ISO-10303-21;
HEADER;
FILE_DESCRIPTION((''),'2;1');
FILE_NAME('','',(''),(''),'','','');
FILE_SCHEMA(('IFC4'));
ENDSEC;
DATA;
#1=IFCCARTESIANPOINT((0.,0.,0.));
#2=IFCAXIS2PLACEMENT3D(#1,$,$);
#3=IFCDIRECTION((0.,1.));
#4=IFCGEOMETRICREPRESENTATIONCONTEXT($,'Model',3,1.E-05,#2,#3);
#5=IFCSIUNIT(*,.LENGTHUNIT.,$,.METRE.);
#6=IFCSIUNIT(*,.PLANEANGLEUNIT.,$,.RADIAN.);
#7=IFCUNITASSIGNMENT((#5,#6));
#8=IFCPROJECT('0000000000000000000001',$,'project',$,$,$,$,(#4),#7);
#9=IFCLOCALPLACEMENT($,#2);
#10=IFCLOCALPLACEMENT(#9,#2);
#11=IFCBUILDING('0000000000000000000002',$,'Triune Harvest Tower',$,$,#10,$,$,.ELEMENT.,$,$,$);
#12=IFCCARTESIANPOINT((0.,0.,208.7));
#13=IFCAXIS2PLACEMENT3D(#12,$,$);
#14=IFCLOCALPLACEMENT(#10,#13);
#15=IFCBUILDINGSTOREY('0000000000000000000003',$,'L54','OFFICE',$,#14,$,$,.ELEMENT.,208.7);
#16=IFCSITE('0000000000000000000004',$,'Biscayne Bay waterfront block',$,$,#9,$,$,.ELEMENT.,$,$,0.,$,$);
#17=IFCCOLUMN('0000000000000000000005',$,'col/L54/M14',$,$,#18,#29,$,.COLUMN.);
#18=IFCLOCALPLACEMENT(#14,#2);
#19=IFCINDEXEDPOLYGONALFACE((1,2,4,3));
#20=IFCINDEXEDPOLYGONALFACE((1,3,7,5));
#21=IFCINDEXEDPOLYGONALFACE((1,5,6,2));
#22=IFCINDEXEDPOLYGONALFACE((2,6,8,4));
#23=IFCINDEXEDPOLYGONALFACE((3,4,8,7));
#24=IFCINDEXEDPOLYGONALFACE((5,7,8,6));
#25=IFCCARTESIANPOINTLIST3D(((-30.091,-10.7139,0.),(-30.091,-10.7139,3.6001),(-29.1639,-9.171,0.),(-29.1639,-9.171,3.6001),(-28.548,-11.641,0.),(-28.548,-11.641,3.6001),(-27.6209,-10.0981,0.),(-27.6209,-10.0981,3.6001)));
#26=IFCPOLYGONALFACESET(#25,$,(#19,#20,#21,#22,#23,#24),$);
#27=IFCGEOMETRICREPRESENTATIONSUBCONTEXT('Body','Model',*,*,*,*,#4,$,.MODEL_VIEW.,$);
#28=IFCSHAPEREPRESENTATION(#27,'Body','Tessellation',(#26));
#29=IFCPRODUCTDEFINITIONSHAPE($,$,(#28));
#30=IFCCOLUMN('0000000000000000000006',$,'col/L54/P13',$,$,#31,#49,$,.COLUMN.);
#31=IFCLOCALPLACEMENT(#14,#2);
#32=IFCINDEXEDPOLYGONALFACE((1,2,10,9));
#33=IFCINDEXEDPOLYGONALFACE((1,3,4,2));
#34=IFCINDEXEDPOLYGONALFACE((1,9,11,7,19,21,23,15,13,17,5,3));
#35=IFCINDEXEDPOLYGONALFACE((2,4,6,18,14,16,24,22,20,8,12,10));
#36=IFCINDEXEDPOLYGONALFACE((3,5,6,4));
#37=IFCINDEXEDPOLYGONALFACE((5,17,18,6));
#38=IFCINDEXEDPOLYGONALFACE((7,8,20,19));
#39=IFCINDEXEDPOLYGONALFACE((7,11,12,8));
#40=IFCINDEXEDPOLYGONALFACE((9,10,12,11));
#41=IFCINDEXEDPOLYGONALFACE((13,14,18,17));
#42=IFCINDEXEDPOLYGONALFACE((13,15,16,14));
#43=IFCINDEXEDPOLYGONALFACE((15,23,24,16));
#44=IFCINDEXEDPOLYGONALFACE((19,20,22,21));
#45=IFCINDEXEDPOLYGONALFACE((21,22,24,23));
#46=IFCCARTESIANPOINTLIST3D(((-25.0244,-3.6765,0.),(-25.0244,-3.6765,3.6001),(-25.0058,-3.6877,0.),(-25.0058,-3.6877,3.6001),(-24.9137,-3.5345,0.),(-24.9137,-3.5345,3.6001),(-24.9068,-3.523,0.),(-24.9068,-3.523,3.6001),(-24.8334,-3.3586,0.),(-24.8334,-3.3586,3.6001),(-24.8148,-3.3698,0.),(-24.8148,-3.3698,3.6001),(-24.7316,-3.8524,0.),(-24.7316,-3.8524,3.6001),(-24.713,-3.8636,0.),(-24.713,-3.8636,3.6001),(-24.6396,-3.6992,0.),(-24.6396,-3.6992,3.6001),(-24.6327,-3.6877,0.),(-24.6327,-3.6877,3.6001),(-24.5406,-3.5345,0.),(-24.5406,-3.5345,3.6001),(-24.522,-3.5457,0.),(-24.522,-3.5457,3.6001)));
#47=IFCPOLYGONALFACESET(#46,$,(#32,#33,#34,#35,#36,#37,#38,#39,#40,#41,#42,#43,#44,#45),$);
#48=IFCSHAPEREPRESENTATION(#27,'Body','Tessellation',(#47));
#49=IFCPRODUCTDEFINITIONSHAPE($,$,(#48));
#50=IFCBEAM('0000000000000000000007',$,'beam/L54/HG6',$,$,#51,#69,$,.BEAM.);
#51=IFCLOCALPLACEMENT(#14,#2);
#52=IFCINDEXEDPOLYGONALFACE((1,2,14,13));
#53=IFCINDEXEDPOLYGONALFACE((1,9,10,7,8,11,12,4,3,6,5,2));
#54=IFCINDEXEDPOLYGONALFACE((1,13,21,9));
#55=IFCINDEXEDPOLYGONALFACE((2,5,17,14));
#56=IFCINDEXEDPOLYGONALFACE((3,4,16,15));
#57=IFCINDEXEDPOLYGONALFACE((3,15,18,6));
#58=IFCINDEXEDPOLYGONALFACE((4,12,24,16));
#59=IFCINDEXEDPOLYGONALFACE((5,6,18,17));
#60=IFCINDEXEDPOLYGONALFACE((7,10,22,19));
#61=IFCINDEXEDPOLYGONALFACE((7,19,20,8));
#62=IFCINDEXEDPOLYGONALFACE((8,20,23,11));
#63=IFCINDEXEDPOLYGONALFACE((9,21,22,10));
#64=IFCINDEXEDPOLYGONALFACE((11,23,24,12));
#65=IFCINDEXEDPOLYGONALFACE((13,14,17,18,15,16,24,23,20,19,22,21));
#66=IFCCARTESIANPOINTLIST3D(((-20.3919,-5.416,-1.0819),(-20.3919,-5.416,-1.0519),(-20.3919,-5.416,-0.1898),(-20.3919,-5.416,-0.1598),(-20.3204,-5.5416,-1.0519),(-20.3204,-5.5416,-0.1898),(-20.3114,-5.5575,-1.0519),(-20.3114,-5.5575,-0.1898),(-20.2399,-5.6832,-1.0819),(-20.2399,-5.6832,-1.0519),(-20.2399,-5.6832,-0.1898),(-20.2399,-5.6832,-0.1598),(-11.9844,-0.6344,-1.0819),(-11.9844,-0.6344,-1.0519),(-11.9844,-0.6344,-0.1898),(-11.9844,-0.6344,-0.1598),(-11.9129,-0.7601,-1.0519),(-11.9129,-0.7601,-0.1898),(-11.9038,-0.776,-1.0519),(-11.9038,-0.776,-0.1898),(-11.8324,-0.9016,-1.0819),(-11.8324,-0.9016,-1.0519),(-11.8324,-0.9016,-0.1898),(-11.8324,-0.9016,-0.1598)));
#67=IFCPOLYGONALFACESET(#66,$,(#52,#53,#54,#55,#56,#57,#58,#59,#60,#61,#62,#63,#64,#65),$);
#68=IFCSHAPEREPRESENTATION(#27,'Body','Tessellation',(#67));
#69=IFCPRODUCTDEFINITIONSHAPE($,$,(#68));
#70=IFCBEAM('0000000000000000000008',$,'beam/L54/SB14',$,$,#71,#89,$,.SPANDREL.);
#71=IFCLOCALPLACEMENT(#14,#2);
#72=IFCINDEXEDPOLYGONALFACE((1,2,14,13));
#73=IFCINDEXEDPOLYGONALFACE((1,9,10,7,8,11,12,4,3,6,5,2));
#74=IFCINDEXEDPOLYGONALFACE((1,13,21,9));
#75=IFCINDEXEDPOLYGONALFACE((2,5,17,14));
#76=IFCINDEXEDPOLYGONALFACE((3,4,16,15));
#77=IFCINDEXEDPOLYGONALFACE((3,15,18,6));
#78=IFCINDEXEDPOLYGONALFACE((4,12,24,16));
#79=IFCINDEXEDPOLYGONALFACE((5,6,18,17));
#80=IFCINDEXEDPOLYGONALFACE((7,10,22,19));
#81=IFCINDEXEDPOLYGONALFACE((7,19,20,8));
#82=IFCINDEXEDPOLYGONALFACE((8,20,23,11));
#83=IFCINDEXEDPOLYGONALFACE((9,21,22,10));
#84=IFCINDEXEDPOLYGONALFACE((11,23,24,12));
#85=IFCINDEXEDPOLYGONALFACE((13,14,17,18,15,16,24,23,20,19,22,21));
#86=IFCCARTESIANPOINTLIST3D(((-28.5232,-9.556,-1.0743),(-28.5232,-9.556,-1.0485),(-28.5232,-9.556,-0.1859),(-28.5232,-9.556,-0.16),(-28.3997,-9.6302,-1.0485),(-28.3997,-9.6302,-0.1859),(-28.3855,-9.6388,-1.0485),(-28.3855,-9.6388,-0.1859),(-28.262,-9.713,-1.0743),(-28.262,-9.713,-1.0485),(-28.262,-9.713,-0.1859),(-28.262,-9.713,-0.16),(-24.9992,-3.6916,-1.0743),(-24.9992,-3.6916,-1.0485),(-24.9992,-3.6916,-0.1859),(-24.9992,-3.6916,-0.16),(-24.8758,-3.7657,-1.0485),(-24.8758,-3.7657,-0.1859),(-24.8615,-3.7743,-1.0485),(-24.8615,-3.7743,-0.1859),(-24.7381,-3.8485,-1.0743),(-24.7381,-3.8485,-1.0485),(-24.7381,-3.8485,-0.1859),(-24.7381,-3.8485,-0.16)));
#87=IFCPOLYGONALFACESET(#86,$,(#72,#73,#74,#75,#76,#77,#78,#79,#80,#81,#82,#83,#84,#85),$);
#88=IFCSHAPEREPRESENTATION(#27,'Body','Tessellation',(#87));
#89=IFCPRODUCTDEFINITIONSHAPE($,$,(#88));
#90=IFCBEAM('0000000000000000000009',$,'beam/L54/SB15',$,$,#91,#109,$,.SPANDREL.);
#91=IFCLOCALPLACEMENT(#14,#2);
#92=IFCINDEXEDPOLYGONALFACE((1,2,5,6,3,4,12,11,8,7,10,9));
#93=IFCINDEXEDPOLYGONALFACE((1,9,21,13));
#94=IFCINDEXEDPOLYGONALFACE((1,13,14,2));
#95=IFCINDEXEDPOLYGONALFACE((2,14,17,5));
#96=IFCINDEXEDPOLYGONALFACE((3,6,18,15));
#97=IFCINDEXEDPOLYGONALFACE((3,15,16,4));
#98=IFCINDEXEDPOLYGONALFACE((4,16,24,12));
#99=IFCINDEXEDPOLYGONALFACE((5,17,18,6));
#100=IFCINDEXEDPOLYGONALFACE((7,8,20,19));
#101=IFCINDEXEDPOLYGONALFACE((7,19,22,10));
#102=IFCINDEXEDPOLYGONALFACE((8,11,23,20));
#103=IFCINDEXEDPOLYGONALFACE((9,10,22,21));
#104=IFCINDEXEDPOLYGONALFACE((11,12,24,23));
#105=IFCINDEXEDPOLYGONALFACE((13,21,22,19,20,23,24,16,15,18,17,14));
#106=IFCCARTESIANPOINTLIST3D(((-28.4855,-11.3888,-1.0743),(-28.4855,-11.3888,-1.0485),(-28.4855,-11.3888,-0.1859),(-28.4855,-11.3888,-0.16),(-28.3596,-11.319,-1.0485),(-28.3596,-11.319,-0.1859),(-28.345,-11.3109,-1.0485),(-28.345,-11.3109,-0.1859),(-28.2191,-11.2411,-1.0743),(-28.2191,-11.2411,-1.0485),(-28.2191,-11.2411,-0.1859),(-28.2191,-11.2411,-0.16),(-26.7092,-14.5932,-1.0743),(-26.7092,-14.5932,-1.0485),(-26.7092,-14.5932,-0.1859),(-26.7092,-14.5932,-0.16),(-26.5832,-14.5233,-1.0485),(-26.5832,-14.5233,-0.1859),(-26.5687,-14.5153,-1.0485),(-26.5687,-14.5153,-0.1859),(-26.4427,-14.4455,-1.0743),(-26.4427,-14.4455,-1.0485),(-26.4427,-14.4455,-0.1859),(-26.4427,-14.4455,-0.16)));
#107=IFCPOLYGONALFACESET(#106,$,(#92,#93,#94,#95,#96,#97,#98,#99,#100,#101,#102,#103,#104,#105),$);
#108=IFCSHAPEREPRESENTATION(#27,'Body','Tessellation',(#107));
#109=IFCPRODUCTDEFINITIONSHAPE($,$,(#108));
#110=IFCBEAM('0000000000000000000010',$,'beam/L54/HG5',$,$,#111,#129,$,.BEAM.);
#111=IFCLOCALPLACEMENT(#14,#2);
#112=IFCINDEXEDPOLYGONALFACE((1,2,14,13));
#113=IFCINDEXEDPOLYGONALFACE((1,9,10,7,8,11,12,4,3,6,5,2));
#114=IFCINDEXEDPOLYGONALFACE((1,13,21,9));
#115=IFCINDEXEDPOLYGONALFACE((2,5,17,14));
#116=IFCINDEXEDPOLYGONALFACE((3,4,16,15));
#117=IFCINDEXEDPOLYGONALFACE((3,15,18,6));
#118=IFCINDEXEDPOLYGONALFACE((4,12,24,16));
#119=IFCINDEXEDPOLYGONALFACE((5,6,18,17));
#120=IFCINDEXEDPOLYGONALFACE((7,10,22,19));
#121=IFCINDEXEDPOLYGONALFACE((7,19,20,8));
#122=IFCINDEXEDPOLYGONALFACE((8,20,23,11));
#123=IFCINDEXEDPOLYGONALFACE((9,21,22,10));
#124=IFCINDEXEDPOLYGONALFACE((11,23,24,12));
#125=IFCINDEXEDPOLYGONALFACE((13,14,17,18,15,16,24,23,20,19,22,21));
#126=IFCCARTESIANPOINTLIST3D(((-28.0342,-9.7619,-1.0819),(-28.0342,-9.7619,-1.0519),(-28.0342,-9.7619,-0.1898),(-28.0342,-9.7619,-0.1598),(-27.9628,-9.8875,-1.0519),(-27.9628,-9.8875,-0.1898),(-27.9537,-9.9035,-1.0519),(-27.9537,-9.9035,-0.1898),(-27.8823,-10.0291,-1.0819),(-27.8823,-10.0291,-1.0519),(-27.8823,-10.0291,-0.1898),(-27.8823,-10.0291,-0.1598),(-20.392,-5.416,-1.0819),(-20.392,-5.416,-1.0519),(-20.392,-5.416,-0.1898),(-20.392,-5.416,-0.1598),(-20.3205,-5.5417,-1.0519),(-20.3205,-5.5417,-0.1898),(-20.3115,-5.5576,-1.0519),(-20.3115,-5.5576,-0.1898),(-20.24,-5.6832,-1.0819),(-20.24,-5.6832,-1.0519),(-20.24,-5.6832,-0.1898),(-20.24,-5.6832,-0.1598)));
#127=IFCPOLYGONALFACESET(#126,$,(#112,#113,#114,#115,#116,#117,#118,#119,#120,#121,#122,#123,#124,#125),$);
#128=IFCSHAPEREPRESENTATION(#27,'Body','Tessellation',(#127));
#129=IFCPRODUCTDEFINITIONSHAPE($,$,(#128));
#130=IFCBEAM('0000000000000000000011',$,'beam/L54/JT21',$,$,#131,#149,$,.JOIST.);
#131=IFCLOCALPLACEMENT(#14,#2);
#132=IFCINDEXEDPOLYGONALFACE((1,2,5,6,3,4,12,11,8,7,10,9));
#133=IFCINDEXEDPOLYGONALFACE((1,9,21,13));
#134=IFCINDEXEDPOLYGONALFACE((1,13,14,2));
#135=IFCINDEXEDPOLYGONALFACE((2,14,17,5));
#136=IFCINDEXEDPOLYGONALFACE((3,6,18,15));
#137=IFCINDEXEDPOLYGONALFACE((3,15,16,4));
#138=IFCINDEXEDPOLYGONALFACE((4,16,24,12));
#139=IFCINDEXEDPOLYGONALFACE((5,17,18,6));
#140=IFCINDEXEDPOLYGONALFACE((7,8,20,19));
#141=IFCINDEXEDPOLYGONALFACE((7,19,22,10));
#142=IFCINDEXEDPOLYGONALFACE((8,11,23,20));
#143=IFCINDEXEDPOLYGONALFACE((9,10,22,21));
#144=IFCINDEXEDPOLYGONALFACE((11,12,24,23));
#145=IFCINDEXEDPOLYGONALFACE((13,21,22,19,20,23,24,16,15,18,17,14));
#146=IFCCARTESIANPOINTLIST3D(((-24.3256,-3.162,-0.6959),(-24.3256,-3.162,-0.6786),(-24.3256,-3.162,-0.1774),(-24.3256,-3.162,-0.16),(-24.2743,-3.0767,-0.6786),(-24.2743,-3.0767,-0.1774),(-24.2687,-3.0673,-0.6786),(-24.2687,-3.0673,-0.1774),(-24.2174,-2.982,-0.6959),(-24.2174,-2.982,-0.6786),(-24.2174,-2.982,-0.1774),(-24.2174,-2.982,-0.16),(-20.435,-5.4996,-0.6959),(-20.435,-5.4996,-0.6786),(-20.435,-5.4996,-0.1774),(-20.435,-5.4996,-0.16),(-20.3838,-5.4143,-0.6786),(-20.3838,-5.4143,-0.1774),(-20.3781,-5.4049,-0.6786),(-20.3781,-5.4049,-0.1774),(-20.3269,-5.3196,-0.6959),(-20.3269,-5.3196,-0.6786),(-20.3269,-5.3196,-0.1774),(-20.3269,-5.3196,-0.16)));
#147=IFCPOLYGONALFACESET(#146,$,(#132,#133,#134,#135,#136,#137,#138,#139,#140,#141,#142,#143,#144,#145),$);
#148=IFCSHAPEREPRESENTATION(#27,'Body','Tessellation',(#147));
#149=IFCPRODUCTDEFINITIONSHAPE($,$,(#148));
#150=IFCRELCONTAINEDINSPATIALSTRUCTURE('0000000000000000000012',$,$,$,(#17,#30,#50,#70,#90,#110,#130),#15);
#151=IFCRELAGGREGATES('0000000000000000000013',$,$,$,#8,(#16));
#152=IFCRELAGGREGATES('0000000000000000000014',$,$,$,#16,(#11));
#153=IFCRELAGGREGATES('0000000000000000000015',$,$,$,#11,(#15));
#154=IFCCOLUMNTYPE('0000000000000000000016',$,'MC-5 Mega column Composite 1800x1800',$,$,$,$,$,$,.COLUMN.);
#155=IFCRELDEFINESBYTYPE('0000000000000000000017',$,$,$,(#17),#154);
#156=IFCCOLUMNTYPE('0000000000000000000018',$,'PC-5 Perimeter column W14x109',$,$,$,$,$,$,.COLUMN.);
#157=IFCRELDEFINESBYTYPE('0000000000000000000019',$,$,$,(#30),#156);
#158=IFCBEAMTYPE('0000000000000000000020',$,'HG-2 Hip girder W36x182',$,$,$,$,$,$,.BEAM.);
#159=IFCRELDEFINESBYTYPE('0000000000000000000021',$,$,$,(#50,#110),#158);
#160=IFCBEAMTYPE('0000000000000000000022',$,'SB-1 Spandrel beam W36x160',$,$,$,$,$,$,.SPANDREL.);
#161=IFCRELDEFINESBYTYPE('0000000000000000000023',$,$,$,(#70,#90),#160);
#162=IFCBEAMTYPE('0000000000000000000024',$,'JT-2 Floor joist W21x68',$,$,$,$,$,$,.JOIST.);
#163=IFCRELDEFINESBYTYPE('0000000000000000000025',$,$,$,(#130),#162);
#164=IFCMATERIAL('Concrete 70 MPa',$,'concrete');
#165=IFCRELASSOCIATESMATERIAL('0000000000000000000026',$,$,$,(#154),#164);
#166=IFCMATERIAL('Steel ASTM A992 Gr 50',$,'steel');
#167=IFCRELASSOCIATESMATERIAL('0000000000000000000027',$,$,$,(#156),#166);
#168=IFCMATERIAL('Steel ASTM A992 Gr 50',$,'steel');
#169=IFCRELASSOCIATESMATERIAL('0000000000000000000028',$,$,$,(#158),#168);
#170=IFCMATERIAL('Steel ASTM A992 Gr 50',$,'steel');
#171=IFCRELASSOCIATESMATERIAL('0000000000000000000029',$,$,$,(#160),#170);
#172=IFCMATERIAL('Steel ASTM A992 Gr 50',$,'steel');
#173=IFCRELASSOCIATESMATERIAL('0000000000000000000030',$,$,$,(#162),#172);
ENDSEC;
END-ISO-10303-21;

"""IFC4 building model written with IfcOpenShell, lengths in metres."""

from ifc_helpers import new_model, si_unit, direction, frame, origin, origin_2d, place, context, subcontext, project, spatial, rectangle, i_section, extrude, source, transform, mapped, material, material_profile, profile_set, type_object, element, save


model = new_model("IFC4")

# Units and contexts
model_context = context("Model", 3, precision=1e-05, world=origin(), true_north=direction((0.0, 1.0)))
body_context = subcontext(model_context, "Body", "Model", "MODEL_VIEW")
ifc_project = project(units=[si_unit("LENGTHUNIT", "METRE"), si_unit("PLANEANGLEUNIT", "RADIAN")], contexts=[model_context])

# Site, building, storey
site_placement = place(None, origin())
site = spatial("IfcSite", under=ifc_project, at=site_placement, Name="Biscayne Bay waterfront block", CompositionType="ELEMENT", RefElevation=0.0)
building_placement = place(site_placement, origin())
building = spatial("IfcBuilding", under=site, at=building_placement, Name="Triune Harvest Tower", CompositionType="ELEMENT")
storey_placement = place(building_placement, frame((0.0, 0.0, 208.7)))
storey = spatial("IfcBuildingStorey", under=building, at=storey_placement, Name="L54", Description="OFFICE", CompositionType="ELEMENT", Elevation=208.7)

# Columns
ifc_material_1 = material(Name="Concrete 70 MPa", Category="concrete")
ifc_material_profile_1 = material_profile(ifc_material_1, rectangle(XDim=1.8, YDim=1.8, at=origin_2d()), Name="Composite 1800x1800")
ifc_profile_set_1 = profile_set([ifc_material_profile_1], Name="Concrete 70 MPa")
column_type_1 = type_object("IfcColumnType", Name="MC-5 Mega column Composite 1800x1800", PredefinedType="COLUMN", material=ifc_profile_set_1)
shared_shape_1 = source(origin(), body_context, "Body", "SweptSolid", [
    extrude(rectangle(XDim=1.8, YDim=1.8, at=origin_2d()), origin(), (0.0, 0.0, 1.0), 3.6001),
])
column_1_placement = place(storey_placement, frame((-28.856, -10.406, 0.0), z_axis=(0.0, 0.0, 1.0), x_axis=(-0.515037, -0.857168, 0.0)))
element("IfcColumn", 1, at=column_1_placement, inside=storey, type_object=column_type_1, Name="col/L54/M14", PredefinedType="COLUMN", context=body_context, shape_type="MappedRepresentation", body=[
    mapped(shared_shape_1, transform((0.0, 0.0, 0.0), scale=1.0)),
])
ifc_material_2 = material(Name="Steel ASTM A992 Gr 50", Category="steel")
ifc_material_profile_2 = material_profile(ifc_material_2, i_section(OverallWidth=0.3708, OverallDepth=0.3633, WebThickness=0.0134, FlangeThickness=0.0217, at=origin_2d()), Name="W14x109")
ifc_profile_set_2 = profile_set([ifc_material_profile_2], Name="Steel ASTM A992 Gr 50")
column_type_2 = type_object("IfcColumnType", Name="PC-5 Perimeter column W14x109", PredefinedType="COLUMN", material=ifc_profile_set_2)
shared_shape_2 = source(origin(), body_context, "Body", "SweptSolid", [
    extrude(i_section(OverallWidth=0.3708, OverallDepth=0.3633, WebThickness=0.0134, FlangeThickness=0.0217, at=origin_2d()), origin(), (0.0, 0.0, 1.0), 3.6001),
])
column_2_placement = place(storey_placement, frame((-24.7732, -3.6111, 0.0), z_axis=(0.0, 0.0, 1.0), x_axis=(-0.515037, -0.857168, 0.0)))
element("IfcColumn", 2, at=column_2_placement, inside=storey, type_object=column_type_2, Name="col/L54/P13", PredefinedType="COLUMN", context=body_context, shape_type="MappedRepresentation", body=[
    mapped(shared_shape_2, transform((0.0, 0.0, 0.0), scale=1.0)),
])

# Beams
ifc_material_3 = material(Name="Steel ASTM A992 Gr 50", Category="steel")
ifc_material_profile_3 = material_profile(ifc_material_3, i_section(OverallWidth=0.3074, OverallDepth=0.9221, WebThickness=0.0183, FlangeThickness=0.03, at=origin_2d()), Name="W36x182")
ifc_profile_set_3 = profile_set([ifc_material_profile_3], Name="Steel ASTM A992 Gr 50")
beam_type_1 = type_object("IfcBeamType", Name="HG-2 Hip girder W36x182", PredefinedType="BEAM", material=ifc_profile_set_3)
shared_shape_3 = source(origin(), body_context, "Body", "SweptSolid", [
    extrude(i_section(OverallWidth=0.3074, OverallDepth=0.9221, WebThickness=0.0183, FlangeThickness=0.03, at=origin_2d()), origin(), (0.0, 0.0, 1.0), 9.6721),
])
beam_1_placement = place(storey_placement, frame((-20.3159, -5.5496, -0.6208), z_axis=(0.869256, 0.494363, 0.0), x_axis=(-0.494363, 0.869256, 0.0)))
element("IfcBeam", 3, at=beam_1_placement, inside=storey, type_object=beam_type_1, Name="beam/L54/HG6", PredefinedType="BEAM", context=body_context, shape_type="MappedRepresentation", body=[
    mapped(shared_shape_3, transform((0.0, 0.0, 0.0), scale=1.0)),
])
ifc_material_4 = material(Name="Steel ASTM A992 Gr 50", Category="steel")
ifc_material_profile_4 = material_profile(ifc_material_4, i_section(OverallWidth=0.3047, OverallDepth=0.9143, WebThickness=0.0166, FlangeThickness=0.0259, at=origin_2d()), Name="W36x160")
ifc_profile_set_4 = profile_set([ifc_material_profile_4], Name="Steel ASTM A992 Gr 50")
beam_type_2 = type_object("IfcBeamType", Name="SB-1 Spandrel beam W36x160", PredefinedType="SPANDREL", material=ifc_profile_set_4)
shared_shape_4 = source(origin(), body_context, "Body", "SweptSolid", [
    extrude(i_section(OverallWidth=0.3047, OverallDepth=0.9143, WebThickness=0.0166, FlangeThickness=0.0259, at=origin_2d()), origin(), (0.0, 0.0, 1.0), 6.8418),
])
beam_2_placement = place(storey_placement, frame((-24.8687, -3.77, -0.6172), z_axis=(-0.515057, -0.857156, 0.0), x_axis=(0.857156, -0.515057, 0.0)))
element("IfcBeam", 4, at=beam_2_placement, inside=storey, type_object=beam_type_2, Name="beam/L54/SB14", PredefinedType="SPANDREL", context=body_context, shape_type="MappedRepresentation", body=[
    mapped(shared_shape_4, transform((0.0, 0.0, 0.0), scale=1.0)),
])
shared_shape_5 = source(origin(), body_context, "Body", "SweptSolid", [
    extrude(i_section(OverallWidth=0.3047, OverallDepth=0.9143, WebThickness=0.0166, FlangeThickness=0.0259, at=origin_2d()), origin(), (0.0, 0.0, 1.0), 3.6638),
])
beam_3_placement = place(storey_placement, frame((-28.3523, -11.3149, -0.6172), z_axis=(0.484845, -0.8746, 0.0), x_axis=(0.8746, 0.484845, 0.0)))
element("IfcBeam", 5, at=beam_3_placement, inside=storey, type_object=beam_type_2, Name="beam/L54/SB15", PredefinedType="SPANDREL", context=body_context, shape_type="MappedRepresentation", body=[
    mapped(shared_shape_5, transform((0.0, 0.0, 0.0), scale=1.0)),
])
shared_shape_6 = source(origin(), body_context, "Body", "SweptSolid", [
    extrude(i_section(OverallWidth=0.3074, OverallDepth=0.9221, WebThickness=0.0183, FlangeThickness=0.03, at=origin_2d()), origin(), (0.0, 0.0, 1.0), 8.7915),
])
beam_4_placement = place(storey_placement, frame((-27.9583, -9.8955, -0.6208), z_axis=(0.869275, 0.494329, 0.0), x_axis=(-0.494329, 0.869275, 0.0)))
element("IfcBeam", 6, at=beam_4_placement, inside=storey, type_object=beam_type_1, Name="beam/L54/HG5", PredefinedType="BEAM", context=body_context, shape_type="MappedRepresentation", body=[
    mapped(shared_shape_6, transform((0.0, 0.0, 0.0), scale=1.0)),
])
ifc_material_5 = material(Name="Steel ASTM A992 Gr 50", Category="steel")
ifc_material_profile_5 = material_profile(ifc_material_5, i_section(OverallWidth=0.21, OverallDepth=0.5359, WebThickness=0.011, FlangeThickness=0.0173, at=origin_2d()), Name="W21x68")
ifc_profile_set_5 = profile_set([ifc_material_profile_5], Name="Steel ASTM A992 Gr 50")
beam_type_3 = type_object("IfcBeamType", Name="JT-2 Floor joist W21x68", PredefinedType="JOIST", material=ifc_profile_set_5)
shared_shape_7 = source(origin(), body_context, "Body", "SweptSolid", [
    extrude(i_section(OverallWidth=0.21, OverallDepth=0.5359, WebThickness=0.011, FlangeThickness=0.0173, at=origin_2d()), origin(), (0.0, 0.0, 1.0), 4.5388),
])
beam_5_placement = place(storey_placement, frame((-24.2715, -3.072, -0.428), z_axis=(0.857175, -0.515026, 0.0), x_axis=(0.515026, 0.857175, 0.0)))
element("IfcBeam", 7, at=beam_5_placement, inside=storey, type_object=beam_type_3, Name="beam/L54/JT21", PredefinedType="JOIST", context=body_context, shape_type="MappedRepresentation", body=[
    mapped(shared_shape_7, transform((0.0, 0.0, 0.0), scale=1.0)),
])

save(model, "model.ifc")
